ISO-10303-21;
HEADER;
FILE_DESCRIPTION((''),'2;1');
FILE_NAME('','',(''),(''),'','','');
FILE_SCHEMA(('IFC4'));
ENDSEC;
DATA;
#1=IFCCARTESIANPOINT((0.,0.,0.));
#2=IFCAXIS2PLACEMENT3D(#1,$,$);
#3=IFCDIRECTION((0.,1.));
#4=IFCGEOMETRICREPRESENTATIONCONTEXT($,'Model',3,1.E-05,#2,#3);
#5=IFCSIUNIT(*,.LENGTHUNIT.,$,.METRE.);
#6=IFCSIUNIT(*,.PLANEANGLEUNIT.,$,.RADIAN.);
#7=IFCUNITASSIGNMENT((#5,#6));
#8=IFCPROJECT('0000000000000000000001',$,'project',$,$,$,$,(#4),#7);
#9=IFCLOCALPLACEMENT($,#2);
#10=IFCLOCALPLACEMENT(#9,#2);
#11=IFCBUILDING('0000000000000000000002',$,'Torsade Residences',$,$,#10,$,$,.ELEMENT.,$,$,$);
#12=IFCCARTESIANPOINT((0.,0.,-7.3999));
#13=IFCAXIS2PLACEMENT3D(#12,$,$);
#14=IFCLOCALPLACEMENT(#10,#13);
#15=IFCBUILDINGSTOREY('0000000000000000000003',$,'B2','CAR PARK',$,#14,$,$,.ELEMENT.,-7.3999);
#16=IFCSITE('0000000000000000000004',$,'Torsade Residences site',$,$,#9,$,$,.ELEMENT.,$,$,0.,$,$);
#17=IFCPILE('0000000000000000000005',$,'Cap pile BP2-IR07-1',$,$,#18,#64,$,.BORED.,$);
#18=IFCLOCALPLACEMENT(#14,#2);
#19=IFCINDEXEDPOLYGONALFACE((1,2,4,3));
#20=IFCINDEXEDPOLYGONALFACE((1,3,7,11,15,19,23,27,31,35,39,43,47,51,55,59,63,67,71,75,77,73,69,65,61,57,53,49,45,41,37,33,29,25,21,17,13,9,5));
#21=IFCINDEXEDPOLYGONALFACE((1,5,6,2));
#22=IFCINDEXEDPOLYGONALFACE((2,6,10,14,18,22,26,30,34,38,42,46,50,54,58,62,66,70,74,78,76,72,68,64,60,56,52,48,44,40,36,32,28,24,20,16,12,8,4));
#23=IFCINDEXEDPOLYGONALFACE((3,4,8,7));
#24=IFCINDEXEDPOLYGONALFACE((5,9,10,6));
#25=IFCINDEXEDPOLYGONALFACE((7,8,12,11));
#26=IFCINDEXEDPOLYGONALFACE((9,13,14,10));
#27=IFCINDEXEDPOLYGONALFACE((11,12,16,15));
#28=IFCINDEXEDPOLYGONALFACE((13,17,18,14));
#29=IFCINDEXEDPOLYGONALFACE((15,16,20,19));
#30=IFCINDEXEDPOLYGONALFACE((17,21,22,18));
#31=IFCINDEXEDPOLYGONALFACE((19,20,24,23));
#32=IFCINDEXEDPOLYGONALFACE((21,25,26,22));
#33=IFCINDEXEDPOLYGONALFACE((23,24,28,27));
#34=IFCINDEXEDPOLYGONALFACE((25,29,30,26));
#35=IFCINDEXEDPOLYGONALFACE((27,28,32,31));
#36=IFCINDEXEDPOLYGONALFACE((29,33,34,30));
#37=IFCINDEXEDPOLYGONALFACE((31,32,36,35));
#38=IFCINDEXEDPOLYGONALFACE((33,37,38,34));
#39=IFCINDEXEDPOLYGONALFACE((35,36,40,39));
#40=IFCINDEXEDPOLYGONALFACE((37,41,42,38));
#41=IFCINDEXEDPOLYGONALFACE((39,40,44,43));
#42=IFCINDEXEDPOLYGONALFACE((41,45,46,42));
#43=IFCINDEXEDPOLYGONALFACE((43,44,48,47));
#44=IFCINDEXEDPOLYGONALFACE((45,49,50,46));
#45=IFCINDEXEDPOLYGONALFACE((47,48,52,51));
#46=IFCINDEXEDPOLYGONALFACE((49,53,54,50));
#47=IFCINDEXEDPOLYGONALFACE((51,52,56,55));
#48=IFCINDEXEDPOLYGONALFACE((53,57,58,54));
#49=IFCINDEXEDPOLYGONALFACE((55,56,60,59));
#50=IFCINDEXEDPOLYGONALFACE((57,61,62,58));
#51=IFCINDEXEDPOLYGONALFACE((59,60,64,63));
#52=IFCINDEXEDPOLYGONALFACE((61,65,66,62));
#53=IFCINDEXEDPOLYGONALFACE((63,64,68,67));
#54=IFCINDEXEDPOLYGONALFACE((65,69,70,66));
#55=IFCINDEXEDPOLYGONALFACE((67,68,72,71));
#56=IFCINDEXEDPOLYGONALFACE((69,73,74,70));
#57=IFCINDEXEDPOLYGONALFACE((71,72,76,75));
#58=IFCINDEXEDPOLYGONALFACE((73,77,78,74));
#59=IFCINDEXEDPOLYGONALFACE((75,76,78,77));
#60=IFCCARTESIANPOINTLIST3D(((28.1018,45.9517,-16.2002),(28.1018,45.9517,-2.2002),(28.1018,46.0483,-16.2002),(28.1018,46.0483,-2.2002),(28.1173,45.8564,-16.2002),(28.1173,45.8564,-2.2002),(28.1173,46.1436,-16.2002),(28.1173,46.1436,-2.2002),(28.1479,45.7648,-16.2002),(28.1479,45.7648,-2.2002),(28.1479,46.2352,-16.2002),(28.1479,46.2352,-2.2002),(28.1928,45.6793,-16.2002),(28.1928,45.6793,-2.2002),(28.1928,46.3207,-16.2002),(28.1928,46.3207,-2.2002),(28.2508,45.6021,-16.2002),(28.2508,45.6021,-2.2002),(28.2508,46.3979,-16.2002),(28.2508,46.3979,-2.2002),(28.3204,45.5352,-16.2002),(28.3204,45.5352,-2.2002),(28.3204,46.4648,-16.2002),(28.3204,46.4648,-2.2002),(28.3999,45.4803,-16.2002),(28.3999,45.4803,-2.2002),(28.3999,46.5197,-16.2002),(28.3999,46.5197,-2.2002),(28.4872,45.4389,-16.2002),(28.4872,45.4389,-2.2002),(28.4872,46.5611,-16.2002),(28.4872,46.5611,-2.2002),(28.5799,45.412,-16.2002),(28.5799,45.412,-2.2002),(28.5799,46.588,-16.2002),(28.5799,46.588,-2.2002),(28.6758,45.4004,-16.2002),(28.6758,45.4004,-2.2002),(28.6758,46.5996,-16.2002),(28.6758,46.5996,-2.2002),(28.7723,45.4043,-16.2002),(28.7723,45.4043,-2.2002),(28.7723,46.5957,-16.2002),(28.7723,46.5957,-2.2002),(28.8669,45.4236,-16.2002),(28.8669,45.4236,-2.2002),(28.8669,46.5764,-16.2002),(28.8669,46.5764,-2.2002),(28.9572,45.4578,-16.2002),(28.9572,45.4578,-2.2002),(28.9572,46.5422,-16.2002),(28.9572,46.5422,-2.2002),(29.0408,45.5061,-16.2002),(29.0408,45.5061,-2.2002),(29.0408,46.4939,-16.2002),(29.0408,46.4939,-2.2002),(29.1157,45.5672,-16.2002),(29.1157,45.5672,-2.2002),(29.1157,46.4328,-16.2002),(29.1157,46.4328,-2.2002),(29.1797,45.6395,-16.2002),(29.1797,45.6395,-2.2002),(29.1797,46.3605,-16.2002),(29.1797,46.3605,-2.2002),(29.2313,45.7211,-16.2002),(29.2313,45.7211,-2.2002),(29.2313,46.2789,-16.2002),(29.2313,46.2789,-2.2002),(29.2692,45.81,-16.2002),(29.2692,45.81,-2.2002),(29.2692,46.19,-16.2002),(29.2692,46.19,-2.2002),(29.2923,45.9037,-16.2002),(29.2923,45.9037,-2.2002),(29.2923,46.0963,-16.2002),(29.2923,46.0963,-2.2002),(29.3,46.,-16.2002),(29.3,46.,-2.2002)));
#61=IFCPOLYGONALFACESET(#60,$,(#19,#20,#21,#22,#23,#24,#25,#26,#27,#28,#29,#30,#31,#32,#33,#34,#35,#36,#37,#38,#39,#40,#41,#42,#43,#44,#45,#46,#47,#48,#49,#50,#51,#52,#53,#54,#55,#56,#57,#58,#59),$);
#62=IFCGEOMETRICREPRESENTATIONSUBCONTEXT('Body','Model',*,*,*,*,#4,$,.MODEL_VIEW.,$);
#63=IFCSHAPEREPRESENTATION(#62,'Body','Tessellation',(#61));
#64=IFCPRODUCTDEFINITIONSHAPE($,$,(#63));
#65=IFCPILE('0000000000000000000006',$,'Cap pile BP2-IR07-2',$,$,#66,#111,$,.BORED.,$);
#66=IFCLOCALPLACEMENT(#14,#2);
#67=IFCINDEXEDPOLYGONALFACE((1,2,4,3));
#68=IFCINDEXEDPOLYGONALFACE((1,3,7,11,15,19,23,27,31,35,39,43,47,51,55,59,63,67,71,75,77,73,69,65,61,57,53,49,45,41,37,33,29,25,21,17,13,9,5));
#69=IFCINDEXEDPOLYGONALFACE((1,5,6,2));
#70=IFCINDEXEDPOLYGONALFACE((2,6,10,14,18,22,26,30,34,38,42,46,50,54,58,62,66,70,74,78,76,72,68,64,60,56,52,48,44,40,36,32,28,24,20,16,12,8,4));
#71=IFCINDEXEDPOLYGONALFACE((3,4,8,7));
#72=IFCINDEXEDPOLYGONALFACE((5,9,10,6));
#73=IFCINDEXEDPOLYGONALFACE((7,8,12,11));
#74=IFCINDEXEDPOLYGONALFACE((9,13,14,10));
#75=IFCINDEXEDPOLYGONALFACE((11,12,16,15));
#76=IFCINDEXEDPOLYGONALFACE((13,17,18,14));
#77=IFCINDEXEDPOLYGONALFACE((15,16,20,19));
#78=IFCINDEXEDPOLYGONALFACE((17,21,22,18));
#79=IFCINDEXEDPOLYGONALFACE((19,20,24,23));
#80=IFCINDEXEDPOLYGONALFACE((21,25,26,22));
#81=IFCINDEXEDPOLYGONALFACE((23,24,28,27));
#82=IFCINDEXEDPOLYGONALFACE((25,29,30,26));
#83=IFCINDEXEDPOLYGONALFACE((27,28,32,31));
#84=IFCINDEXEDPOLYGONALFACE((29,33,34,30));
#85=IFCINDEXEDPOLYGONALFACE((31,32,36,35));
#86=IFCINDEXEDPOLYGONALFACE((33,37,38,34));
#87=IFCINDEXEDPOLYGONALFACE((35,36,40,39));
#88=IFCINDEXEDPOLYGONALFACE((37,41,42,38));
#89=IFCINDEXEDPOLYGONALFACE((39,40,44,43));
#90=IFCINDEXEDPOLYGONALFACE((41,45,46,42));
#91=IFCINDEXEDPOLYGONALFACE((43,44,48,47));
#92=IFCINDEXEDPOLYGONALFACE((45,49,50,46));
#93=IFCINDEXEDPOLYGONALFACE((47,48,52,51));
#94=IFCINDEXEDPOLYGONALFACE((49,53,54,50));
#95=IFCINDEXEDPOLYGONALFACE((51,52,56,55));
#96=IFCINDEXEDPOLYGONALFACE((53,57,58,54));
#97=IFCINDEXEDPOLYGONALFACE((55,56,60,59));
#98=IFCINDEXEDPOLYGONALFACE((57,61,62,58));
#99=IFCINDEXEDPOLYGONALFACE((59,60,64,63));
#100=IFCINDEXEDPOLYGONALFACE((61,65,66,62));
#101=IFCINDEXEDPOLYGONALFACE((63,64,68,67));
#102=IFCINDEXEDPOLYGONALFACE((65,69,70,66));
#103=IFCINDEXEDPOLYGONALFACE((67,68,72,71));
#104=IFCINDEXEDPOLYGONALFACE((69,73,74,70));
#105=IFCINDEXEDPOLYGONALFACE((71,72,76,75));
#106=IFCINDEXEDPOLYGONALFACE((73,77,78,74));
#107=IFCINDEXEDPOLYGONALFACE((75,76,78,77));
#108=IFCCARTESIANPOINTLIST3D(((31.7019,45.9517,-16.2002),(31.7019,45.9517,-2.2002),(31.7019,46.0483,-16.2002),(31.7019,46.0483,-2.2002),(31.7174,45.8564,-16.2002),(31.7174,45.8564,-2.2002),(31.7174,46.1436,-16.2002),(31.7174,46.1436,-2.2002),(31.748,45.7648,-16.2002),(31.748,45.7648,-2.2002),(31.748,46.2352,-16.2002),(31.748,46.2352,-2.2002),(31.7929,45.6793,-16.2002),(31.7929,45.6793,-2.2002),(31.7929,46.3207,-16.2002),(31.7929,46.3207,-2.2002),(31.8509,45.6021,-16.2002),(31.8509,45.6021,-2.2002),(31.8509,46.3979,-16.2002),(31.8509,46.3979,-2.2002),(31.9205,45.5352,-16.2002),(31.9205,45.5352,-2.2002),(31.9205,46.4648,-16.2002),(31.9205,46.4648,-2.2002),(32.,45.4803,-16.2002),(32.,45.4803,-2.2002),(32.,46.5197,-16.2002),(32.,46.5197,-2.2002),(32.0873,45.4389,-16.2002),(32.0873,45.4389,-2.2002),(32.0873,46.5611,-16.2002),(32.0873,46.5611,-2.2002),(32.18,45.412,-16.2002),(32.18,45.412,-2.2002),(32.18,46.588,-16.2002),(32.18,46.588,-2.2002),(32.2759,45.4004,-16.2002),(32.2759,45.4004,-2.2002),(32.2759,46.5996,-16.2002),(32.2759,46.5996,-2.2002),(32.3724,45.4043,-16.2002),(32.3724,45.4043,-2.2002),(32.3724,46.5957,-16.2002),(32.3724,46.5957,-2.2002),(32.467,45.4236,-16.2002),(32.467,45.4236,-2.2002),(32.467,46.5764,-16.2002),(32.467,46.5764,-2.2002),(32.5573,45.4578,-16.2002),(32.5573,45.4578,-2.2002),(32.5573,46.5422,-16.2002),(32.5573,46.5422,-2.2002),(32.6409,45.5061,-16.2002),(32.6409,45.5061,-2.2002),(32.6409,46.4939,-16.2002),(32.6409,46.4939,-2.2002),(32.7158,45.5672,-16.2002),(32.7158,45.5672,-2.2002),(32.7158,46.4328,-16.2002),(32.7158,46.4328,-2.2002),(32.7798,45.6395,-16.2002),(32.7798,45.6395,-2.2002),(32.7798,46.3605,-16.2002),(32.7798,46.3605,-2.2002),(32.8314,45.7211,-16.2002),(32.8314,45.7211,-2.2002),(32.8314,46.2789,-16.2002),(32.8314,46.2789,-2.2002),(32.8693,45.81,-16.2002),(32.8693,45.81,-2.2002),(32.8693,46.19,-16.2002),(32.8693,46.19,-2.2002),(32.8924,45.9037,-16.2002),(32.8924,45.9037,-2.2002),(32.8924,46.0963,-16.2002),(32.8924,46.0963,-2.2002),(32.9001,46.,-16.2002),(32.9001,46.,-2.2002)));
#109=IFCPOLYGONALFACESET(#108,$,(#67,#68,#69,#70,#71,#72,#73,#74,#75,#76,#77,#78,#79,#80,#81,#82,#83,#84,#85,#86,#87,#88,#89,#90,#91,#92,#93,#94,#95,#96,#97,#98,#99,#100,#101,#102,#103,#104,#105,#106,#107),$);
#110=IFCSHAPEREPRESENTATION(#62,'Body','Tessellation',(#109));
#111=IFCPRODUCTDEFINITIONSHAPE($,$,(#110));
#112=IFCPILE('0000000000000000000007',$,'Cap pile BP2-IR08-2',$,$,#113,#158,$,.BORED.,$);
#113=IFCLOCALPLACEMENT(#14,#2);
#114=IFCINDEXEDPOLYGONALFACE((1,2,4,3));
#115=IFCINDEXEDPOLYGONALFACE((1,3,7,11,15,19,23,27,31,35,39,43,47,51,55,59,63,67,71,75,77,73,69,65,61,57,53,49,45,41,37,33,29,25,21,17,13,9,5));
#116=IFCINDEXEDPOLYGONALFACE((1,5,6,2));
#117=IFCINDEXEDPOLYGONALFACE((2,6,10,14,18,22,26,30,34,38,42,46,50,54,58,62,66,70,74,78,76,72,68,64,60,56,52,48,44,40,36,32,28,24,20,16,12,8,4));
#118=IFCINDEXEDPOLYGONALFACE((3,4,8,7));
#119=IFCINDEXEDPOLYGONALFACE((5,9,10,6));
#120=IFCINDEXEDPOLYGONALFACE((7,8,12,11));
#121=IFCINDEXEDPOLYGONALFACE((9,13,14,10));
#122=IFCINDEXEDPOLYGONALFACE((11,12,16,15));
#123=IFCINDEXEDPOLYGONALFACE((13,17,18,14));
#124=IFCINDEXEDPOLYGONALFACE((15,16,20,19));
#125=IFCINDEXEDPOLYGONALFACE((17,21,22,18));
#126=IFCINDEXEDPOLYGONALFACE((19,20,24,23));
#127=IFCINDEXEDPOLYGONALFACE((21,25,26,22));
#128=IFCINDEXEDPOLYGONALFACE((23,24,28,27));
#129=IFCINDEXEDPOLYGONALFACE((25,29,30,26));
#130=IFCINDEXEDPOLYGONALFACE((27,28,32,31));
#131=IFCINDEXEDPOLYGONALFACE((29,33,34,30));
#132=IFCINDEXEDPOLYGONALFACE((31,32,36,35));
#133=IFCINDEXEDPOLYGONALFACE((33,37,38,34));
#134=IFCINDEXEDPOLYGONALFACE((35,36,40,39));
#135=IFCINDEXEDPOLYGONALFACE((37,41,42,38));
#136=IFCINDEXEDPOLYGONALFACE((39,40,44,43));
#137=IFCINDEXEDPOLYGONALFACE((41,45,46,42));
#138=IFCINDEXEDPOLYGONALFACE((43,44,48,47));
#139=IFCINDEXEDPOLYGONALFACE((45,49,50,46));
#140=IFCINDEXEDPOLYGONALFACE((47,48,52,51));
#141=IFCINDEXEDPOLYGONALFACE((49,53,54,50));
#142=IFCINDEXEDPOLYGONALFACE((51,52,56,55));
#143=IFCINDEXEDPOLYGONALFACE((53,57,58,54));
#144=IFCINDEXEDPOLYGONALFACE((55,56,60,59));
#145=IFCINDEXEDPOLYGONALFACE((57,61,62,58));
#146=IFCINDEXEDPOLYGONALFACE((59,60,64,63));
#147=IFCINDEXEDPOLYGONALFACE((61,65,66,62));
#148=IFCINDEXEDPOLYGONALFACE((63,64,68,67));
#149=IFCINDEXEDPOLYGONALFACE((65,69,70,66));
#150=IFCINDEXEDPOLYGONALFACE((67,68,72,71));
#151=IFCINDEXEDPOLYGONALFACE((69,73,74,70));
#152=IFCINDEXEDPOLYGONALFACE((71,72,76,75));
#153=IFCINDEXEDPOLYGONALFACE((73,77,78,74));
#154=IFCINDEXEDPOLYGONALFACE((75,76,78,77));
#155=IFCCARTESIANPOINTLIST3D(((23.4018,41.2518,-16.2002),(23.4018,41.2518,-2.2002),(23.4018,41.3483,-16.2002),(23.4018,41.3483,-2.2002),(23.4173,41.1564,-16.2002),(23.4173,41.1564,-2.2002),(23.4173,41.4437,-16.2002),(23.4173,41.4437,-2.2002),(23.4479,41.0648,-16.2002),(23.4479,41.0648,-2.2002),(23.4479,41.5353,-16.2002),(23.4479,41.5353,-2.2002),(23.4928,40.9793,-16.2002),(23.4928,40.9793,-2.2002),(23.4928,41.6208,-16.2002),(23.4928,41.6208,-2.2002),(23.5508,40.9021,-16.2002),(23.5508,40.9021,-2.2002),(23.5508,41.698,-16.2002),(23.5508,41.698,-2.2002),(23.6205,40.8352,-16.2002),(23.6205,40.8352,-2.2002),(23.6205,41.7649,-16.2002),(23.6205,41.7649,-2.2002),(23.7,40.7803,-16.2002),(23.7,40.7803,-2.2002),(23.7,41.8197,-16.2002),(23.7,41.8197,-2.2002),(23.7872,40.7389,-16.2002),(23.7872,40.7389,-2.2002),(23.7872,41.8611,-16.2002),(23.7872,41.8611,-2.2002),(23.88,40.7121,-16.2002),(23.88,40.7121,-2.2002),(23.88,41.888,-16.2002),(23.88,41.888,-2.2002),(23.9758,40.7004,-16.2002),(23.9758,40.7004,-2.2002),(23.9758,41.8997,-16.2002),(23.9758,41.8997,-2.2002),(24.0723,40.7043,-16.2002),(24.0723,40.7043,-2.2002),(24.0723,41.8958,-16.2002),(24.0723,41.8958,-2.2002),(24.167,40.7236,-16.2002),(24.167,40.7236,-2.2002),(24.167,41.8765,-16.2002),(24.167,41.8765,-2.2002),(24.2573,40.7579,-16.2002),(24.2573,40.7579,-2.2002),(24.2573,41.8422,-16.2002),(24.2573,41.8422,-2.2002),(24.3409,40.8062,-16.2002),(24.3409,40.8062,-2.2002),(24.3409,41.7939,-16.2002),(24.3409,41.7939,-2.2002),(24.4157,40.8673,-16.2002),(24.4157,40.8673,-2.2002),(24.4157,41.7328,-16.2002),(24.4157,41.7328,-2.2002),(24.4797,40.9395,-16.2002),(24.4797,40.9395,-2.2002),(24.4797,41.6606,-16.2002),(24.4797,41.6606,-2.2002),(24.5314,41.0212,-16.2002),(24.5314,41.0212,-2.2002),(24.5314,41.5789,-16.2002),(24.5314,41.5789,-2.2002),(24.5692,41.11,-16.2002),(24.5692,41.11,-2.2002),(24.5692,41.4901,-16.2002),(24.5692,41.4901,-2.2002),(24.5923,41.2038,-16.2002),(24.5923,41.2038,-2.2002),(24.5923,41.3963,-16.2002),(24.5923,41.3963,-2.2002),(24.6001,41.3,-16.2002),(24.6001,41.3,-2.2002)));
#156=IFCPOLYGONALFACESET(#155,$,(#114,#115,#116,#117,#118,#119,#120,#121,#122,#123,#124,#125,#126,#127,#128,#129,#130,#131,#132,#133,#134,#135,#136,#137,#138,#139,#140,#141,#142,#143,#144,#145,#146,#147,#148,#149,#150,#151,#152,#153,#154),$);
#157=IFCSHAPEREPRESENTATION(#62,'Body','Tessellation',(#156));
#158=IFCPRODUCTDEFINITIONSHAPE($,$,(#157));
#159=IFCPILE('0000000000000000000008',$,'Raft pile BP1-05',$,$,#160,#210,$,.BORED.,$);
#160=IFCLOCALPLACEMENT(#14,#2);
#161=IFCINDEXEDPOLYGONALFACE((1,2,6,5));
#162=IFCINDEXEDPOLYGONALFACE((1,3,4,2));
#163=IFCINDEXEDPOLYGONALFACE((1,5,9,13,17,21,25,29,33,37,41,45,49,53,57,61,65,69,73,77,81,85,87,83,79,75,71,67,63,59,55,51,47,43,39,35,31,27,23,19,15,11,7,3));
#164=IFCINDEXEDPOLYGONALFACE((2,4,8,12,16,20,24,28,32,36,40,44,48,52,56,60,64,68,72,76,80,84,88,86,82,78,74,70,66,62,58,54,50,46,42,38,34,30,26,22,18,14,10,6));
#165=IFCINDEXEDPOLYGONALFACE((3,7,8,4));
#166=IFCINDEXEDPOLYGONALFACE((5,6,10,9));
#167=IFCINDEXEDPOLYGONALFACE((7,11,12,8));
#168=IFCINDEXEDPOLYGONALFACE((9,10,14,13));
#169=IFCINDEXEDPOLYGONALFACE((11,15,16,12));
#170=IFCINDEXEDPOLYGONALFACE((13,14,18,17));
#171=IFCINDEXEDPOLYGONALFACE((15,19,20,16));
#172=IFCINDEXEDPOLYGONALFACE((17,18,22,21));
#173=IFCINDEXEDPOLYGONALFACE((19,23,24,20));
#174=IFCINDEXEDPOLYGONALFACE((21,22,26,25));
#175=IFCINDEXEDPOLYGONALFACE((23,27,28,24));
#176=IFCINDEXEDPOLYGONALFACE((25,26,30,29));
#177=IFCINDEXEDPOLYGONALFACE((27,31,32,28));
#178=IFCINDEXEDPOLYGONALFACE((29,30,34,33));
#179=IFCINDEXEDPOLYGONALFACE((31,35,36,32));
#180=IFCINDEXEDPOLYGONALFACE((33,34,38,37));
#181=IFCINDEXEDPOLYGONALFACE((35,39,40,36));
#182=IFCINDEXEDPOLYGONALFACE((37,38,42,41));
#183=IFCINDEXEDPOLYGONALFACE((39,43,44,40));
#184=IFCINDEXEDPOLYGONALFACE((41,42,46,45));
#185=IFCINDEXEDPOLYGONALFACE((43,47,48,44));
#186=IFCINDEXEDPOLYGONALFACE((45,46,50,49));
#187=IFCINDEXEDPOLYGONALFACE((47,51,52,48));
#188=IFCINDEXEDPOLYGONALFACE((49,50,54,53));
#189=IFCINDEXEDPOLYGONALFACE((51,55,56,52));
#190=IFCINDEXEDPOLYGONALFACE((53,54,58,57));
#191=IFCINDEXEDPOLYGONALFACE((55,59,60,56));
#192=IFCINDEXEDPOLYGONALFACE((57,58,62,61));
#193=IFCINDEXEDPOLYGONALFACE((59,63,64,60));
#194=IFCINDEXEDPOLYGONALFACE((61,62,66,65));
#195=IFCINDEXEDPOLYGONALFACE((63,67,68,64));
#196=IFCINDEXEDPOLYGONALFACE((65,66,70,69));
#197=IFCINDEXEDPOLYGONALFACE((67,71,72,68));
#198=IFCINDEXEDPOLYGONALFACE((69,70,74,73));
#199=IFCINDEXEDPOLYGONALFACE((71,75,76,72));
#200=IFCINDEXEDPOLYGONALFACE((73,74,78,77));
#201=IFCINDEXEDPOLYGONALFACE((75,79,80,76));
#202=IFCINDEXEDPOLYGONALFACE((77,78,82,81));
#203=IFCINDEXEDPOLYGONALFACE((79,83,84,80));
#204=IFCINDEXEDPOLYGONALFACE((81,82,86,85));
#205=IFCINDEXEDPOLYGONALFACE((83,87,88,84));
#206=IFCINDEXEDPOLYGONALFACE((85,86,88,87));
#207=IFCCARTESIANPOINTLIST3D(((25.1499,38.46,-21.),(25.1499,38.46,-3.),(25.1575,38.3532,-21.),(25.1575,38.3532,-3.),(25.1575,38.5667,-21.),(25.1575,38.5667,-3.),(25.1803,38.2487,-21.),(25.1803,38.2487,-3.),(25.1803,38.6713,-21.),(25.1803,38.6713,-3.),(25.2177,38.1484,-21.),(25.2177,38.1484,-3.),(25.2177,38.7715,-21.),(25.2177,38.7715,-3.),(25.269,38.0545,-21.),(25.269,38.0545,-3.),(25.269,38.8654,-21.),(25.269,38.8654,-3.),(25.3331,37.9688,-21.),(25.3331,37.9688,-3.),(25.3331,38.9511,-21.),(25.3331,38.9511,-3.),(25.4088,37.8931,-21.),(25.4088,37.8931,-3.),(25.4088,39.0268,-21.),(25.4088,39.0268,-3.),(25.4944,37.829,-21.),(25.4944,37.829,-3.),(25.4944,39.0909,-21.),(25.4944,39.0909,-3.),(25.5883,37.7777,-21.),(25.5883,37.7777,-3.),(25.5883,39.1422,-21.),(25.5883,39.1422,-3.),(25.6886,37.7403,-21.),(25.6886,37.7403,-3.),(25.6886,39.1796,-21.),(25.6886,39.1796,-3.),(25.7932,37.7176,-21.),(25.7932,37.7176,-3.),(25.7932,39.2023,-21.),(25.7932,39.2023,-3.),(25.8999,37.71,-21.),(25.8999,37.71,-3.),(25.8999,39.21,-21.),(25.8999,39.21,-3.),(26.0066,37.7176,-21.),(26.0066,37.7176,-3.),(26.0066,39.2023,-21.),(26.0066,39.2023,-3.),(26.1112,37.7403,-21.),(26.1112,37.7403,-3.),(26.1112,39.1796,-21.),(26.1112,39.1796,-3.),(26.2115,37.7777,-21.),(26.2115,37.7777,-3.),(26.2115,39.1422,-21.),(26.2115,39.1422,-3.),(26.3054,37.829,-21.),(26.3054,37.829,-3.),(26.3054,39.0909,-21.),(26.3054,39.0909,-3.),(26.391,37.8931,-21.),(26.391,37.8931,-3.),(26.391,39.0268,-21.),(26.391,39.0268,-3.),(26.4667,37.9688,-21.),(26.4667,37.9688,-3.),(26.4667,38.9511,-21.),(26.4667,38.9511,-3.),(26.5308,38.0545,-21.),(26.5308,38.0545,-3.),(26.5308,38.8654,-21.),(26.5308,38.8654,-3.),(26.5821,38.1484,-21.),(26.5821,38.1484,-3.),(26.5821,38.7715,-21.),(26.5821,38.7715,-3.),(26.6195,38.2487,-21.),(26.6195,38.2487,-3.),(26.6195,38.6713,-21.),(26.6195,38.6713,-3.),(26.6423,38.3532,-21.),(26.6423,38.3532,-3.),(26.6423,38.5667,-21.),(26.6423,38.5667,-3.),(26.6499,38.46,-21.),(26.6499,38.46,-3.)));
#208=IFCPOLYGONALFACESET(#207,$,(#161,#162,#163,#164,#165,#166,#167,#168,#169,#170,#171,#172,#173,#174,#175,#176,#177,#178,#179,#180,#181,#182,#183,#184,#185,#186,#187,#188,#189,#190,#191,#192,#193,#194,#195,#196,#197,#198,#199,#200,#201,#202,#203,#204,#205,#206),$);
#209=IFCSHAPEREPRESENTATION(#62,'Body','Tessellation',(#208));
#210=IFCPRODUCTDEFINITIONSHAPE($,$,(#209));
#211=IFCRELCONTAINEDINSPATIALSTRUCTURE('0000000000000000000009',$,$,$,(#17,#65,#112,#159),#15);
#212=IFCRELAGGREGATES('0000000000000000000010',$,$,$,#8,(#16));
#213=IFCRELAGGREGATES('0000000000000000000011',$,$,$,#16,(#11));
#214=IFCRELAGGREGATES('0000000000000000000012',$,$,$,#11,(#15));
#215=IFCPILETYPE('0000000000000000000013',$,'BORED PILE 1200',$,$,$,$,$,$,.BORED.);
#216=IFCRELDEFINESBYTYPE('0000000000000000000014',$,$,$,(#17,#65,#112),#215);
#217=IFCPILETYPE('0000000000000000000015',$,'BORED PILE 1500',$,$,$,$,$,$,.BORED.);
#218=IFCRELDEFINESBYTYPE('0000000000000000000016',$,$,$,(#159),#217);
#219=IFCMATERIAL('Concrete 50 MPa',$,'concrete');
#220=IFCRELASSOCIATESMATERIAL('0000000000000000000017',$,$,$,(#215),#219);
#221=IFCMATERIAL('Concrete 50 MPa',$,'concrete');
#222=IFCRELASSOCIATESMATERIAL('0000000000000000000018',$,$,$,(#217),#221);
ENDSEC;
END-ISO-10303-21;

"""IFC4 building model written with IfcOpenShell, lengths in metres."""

from ifc_helpers import new_model, si_unit, direction, frame, origin, origin_2d, place, context, subcontext, project, spatial, circle, extrude, material, type_object, element, save


model = new_model("IFC4")

# Units and contexts
model_context = context("Model", 3, precision=1e-05, world=origin(), true_north=direction((0.0, 1.0)))
body_context = subcontext(model_context, "Body", "Model", "MODEL_VIEW")
ifc_project = project(units=[si_unit("LENGTHUNIT", "METRE"), si_unit("PLANEANGLEUNIT", "RADIAN")], contexts=[model_context])

# Site, building, storey
site_placement = place(None, origin())
site = spatial("IfcSite", under=ifc_project, at=site_placement, Name="Torsade Residences site", CompositionType="ELEMENT", RefElevation=0.0)
building_placement = place(site_placement, origin())
building = spatial("IfcBuilding", under=site, at=building_placement, Name="Torsade Residences", CompositionType="ELEMENT")
storey_placement = place(building_placement, frame((0.0, 0.0, -7.3999)))
storey = spatial("IfcBuildingStorey", under=building, at=storey_placement, Name="B2", Description="CAR PARK", CompositionType="ELEMENT", Elevation=-7.3999)

# Piles
ifc_material_1 = material(Name="Concrete 50 MPa", Category="concrete")
pile_type_1 = type_object("IfcPileType", Name="BORED PILE 1200", PredefinedType="BORED", material=ifc_material_1)
for number, where, z_axis, x_axis, name in (
    (1, (28.7, 46.0, -2.2002), (0.0, 0.0, -1.0), (1.0, 0.0, 0.0), "Cap pile BP2-IR07-1"),
    (2, (32.3, 46.0, -2.2002), (0.0, 0.0, -1.0), (1.0, 0.0, 0.0), "Cap pile BP2-IR07-2"),
    (3, (24.0, 41.3, -2.2002), (0.0, 0.0, -1.0), (1.0, 0.0, 0.0), "Cap pile BP2-IR08-2"),
):
    element("IfcPile", number, at=place(storey_placement, frame(where, z_axis=z_axis, x_axis=x_axis)), inside=storey, type_object=pile_type_1, Name=name, PredefinedType="BORED", context=body_context, shape_type="SweptSolid", body=[
        extrude(circle(Radius=0.6001, at=origin_2d()), origin(), (0.0, 0.0, 1.0), 14.0),
    ])
ifc_material_2 = material(Name="Concrete 50 MPa", Category="concrete")
pile_type_2 = type_object("IfcPileType", Name="BORED PILE 1500", PredefinedType="BORED", material=ifc_material_2)
for number, where, z_axis, x_axis, name in (
    (4, (25.8999, 38.46, -3.0), (0.0, 0.0, -1.0), (1.0, 0.0, 0.0), "Raft pile BP1-05"),
):
    element("IfcPile", number, at=place(storey_placement, frame(where, z_axis=z_axis, x_axis=x_axis)), inside=storey, type_object=pile_type_2, Name=name, PredefinedType="BORED", context=body_context, shape_type="SweptSolid", body=[
        extrude(circle(Radius=0.75, at=origin_2d()), origin(), (0.0, 0.0, 1.0), 18.0),
    ])

save(model, "model.ifc")
